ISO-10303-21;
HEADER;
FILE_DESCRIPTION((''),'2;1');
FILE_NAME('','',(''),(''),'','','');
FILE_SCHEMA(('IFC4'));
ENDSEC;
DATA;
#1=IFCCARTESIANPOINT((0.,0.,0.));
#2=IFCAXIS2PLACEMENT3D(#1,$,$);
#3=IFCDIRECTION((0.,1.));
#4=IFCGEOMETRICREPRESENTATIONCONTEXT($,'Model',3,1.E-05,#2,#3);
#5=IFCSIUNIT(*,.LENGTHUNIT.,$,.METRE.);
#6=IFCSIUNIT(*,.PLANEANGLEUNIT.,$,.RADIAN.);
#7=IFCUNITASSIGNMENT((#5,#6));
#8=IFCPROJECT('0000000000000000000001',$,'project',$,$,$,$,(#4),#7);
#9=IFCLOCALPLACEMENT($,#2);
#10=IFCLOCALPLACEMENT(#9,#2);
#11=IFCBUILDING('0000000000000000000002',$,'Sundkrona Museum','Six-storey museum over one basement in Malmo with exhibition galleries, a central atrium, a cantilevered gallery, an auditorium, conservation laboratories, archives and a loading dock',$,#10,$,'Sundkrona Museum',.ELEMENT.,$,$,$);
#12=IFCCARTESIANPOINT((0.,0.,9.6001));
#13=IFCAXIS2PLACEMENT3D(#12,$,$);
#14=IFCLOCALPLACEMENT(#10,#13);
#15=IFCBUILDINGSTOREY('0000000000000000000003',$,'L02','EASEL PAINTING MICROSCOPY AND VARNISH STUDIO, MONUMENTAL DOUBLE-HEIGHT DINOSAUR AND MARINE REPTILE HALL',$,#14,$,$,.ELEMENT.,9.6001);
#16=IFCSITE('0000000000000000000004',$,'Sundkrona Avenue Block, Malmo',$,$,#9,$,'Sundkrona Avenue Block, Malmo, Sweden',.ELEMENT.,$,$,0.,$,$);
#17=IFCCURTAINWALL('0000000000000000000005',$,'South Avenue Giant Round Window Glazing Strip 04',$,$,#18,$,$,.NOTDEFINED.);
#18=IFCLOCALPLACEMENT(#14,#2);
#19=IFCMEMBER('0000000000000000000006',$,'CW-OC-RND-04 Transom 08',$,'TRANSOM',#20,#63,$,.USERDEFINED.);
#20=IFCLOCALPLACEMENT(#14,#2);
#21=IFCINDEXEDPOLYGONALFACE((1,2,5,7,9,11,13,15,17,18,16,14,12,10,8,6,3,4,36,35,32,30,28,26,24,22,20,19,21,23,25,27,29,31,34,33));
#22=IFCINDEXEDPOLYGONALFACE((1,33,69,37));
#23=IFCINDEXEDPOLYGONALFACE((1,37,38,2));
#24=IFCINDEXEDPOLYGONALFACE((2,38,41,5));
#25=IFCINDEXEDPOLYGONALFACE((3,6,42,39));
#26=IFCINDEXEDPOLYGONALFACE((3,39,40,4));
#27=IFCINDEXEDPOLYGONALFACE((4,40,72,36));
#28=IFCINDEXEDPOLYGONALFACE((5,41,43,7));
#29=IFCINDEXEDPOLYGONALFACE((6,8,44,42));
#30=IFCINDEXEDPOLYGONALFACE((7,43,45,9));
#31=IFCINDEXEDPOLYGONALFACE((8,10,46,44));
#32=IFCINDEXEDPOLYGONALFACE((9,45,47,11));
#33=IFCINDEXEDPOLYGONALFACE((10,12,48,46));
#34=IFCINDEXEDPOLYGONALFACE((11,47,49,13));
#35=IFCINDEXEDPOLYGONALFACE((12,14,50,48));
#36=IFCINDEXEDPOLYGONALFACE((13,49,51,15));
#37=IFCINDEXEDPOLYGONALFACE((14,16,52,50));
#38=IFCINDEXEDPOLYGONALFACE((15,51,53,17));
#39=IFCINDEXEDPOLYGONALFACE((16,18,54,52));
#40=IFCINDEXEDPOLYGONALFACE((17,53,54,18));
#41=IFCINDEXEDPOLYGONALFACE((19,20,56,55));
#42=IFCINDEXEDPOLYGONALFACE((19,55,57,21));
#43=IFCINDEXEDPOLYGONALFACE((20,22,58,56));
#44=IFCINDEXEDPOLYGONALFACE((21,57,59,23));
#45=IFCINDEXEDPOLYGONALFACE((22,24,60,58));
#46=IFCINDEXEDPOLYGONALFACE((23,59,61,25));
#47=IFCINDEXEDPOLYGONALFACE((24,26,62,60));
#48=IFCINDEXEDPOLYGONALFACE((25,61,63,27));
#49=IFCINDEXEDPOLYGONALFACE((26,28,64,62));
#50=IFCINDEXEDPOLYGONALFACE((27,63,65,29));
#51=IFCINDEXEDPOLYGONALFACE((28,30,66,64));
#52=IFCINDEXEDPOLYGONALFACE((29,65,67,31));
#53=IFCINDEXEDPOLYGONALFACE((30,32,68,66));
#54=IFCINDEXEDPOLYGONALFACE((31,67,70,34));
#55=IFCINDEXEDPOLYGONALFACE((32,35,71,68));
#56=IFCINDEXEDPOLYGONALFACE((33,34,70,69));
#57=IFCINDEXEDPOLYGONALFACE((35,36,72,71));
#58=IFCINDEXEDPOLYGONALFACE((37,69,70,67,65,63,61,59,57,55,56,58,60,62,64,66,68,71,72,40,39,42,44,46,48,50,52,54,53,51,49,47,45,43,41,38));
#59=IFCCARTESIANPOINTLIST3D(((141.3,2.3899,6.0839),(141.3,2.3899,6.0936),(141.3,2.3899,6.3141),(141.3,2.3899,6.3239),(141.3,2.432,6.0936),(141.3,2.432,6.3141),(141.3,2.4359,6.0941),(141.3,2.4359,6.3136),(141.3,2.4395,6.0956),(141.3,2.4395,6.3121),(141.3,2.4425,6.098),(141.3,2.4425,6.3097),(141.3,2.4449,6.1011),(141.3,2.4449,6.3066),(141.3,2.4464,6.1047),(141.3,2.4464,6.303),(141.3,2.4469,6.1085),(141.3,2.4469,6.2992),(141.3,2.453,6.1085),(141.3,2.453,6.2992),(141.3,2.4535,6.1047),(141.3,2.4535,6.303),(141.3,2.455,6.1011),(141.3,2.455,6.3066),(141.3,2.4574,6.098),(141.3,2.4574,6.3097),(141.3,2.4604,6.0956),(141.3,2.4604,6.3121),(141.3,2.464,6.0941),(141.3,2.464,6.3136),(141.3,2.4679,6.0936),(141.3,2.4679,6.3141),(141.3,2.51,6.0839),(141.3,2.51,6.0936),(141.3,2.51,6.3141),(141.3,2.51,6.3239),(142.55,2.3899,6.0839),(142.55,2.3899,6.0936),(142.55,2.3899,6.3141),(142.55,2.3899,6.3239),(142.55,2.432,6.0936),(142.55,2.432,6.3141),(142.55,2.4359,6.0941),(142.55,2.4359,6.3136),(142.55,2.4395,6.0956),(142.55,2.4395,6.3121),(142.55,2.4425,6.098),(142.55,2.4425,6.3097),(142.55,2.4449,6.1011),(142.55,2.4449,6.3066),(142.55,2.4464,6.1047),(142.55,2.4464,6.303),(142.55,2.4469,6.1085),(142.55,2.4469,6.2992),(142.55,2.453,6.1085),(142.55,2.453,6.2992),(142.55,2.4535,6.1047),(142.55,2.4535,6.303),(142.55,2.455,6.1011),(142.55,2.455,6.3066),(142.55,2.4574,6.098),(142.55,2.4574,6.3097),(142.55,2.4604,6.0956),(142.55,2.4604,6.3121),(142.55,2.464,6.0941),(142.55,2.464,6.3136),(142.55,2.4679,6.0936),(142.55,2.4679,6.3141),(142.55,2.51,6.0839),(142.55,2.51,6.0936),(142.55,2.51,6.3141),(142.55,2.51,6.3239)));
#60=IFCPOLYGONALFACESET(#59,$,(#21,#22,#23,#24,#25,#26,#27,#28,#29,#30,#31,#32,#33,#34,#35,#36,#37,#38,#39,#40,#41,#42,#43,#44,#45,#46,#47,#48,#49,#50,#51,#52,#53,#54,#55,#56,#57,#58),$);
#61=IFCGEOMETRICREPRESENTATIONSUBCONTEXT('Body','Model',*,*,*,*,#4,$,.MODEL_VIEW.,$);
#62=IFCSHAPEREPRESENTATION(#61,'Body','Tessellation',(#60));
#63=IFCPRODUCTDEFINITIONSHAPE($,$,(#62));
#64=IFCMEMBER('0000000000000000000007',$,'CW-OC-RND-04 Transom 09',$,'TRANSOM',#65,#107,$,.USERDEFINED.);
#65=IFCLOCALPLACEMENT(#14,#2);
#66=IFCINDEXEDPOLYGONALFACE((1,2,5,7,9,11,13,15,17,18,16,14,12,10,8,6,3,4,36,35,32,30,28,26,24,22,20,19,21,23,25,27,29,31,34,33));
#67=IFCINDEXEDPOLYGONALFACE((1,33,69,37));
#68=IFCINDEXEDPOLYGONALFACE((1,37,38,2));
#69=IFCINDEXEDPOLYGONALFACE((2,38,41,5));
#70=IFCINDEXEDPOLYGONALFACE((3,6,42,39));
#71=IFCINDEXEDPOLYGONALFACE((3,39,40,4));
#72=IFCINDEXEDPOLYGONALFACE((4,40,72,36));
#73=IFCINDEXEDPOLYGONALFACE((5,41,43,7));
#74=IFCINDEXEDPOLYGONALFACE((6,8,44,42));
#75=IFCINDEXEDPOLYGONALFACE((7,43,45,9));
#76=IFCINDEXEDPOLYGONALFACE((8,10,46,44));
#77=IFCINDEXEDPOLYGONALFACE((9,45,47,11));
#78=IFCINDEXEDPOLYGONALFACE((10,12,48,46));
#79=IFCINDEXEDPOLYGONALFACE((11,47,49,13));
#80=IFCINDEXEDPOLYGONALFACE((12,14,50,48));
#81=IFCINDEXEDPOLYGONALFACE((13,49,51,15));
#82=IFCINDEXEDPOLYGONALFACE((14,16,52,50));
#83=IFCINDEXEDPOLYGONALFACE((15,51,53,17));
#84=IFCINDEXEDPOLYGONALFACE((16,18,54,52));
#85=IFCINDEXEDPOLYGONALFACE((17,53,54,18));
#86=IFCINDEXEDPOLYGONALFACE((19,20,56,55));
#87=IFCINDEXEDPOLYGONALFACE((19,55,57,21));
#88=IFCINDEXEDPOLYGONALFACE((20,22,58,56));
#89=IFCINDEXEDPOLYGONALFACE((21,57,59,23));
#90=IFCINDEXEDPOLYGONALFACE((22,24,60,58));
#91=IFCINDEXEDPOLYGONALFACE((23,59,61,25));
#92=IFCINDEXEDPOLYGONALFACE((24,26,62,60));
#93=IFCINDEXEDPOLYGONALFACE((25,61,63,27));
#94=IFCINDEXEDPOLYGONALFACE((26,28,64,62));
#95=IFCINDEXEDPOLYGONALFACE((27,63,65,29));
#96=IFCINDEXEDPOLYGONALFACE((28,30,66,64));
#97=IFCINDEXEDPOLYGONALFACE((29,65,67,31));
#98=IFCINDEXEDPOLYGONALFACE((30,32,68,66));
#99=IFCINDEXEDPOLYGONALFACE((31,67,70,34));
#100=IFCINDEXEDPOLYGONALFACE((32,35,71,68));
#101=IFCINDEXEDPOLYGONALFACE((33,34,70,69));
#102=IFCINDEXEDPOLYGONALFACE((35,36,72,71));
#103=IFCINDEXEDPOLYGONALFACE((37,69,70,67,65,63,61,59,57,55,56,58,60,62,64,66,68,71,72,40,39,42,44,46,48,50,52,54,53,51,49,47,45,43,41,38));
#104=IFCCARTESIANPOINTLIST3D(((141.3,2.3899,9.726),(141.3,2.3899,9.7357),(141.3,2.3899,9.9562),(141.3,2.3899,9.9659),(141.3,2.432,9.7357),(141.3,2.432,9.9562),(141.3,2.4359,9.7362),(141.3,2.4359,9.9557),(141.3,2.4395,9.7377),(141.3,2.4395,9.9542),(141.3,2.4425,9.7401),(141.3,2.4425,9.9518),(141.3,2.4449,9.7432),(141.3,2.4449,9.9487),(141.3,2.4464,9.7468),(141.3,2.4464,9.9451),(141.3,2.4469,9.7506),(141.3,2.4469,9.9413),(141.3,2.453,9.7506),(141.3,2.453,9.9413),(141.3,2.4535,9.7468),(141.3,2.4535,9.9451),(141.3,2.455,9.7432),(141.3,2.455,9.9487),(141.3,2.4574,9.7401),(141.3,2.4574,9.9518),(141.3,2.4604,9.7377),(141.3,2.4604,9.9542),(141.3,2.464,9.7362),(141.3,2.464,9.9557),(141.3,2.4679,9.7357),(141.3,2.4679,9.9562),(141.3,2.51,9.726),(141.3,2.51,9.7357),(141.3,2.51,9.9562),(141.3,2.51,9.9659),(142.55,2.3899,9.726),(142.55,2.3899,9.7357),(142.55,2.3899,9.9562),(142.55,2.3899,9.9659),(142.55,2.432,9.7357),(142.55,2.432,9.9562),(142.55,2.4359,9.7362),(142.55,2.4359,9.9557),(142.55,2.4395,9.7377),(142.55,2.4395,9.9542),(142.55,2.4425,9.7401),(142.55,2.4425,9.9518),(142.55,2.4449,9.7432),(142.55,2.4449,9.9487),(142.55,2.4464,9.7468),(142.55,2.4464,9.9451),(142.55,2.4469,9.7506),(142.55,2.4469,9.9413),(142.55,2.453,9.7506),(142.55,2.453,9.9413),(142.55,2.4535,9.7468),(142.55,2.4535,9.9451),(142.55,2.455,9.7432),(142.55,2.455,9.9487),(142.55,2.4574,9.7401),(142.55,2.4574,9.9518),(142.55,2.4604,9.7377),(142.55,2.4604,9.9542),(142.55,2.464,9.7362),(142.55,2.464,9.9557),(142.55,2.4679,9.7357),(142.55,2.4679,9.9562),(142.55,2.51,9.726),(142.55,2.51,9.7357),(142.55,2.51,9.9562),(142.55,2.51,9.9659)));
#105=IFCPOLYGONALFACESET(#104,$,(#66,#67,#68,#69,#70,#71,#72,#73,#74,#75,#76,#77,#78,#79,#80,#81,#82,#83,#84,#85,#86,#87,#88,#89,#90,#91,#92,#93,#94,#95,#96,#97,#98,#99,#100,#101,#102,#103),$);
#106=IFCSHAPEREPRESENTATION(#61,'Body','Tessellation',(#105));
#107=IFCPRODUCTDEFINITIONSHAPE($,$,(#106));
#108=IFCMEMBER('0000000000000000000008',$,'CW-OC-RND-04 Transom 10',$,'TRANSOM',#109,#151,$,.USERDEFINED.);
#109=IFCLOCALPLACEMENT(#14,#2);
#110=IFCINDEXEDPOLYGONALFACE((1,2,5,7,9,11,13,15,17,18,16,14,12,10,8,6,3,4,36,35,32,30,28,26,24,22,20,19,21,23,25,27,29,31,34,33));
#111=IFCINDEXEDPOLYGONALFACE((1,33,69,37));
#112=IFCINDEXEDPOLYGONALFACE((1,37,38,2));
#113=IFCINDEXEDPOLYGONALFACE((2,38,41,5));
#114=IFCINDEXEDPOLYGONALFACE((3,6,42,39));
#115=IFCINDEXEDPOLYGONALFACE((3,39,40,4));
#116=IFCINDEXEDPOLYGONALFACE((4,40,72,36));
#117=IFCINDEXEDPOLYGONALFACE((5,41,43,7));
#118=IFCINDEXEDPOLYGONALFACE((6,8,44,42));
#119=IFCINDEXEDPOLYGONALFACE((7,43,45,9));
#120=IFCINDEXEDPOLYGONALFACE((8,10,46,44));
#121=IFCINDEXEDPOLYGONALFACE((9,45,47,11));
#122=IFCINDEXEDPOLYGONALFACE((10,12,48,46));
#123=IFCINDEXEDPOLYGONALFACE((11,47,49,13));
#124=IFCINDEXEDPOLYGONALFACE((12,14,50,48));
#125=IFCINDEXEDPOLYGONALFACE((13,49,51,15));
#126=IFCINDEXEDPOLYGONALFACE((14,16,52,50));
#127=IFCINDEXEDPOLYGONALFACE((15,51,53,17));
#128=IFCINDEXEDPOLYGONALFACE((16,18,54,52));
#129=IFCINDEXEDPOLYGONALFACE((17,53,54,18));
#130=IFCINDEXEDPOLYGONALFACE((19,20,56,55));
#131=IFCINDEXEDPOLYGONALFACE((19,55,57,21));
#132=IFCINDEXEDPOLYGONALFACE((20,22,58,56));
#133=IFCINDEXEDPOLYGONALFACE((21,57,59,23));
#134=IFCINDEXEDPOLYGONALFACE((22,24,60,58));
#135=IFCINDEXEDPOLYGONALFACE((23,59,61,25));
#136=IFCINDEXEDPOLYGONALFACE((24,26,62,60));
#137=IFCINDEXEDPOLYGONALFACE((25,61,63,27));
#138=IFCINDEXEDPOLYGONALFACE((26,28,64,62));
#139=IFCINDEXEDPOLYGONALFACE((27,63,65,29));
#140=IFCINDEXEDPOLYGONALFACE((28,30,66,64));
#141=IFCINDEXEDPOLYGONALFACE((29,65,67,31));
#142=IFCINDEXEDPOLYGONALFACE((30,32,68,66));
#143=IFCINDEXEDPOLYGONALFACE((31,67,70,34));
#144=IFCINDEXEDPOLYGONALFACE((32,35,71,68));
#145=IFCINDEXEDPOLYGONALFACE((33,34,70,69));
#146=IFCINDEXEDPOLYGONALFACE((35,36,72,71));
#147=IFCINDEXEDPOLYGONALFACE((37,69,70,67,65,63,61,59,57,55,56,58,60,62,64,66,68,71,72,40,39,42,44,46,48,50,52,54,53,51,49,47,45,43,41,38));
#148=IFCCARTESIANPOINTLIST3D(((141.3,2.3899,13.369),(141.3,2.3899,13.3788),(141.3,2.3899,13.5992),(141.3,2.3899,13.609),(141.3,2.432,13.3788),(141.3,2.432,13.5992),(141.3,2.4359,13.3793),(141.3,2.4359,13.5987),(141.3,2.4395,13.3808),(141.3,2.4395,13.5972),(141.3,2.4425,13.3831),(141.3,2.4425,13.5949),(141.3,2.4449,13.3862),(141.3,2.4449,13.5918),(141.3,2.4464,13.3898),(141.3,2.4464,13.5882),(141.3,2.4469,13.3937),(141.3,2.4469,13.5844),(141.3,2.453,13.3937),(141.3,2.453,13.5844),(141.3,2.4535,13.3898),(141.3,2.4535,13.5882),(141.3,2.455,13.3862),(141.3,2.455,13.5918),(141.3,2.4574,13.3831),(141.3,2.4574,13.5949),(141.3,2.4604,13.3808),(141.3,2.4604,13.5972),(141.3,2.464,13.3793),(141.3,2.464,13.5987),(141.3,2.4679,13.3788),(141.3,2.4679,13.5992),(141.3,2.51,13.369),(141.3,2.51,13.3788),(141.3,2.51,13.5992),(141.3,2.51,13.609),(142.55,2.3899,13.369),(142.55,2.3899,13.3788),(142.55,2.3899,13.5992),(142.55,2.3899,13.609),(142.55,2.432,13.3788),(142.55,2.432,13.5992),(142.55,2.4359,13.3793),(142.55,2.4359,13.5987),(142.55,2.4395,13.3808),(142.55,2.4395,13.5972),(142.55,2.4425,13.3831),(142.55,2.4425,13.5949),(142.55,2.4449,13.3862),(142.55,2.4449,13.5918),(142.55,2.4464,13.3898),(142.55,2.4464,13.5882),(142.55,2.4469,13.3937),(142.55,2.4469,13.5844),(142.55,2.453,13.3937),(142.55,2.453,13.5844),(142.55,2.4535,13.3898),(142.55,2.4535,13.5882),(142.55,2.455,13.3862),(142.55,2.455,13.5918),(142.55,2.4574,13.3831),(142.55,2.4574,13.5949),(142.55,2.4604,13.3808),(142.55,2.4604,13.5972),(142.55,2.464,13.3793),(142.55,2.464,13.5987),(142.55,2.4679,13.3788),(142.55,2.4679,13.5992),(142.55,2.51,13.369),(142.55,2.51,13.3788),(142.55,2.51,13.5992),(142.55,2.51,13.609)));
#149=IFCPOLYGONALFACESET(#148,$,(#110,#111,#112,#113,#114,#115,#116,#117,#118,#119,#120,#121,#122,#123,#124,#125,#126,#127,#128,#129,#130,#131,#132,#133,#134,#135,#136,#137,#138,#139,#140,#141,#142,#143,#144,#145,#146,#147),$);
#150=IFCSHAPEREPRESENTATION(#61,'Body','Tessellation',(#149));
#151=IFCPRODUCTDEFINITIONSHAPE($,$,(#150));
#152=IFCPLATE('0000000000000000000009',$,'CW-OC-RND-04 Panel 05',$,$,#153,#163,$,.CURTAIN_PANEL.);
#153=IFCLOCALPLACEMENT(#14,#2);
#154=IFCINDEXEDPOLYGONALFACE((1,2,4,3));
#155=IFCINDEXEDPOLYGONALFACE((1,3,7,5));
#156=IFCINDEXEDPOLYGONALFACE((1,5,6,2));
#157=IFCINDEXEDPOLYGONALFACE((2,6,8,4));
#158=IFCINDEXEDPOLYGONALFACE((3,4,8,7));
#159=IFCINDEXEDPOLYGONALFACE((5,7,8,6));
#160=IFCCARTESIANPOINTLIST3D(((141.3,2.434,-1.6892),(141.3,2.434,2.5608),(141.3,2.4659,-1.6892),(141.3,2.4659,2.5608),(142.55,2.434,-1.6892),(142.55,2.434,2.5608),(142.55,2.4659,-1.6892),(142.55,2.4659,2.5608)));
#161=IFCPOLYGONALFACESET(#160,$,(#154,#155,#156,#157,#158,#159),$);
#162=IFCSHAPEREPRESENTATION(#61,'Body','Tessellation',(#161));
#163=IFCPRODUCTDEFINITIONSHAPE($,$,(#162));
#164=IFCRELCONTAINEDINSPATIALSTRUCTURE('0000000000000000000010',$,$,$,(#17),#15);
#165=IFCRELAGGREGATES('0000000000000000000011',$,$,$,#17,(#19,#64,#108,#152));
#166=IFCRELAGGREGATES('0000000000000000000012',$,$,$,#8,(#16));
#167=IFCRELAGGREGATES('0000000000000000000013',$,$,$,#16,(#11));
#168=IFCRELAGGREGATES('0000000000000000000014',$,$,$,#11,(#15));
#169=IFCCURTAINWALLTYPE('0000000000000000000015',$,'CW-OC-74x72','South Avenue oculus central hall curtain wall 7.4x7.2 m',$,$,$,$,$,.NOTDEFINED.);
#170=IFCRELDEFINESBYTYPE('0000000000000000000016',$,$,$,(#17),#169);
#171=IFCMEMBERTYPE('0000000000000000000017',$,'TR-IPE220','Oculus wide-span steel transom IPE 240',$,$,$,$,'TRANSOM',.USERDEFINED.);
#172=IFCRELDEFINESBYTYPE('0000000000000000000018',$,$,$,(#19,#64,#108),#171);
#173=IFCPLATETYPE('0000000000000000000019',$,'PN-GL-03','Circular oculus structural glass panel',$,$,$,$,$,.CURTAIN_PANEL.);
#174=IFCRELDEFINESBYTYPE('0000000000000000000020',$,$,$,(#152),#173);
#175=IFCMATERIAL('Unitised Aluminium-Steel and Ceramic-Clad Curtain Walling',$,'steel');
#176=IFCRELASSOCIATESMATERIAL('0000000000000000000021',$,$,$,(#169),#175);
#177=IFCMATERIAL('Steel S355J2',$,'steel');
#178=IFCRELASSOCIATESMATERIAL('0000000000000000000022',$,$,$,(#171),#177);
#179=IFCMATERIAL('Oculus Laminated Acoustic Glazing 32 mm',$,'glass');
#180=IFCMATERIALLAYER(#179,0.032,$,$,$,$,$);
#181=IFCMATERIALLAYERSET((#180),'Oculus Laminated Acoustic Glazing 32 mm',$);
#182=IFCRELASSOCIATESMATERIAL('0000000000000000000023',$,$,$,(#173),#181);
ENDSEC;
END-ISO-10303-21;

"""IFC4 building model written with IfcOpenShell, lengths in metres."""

from ifc_helpers import new_model, si_unit, direction, frame, origin, origin_2d, place, context, subcontext, project, spatial, rectangle, i_section, extrude, material, layer, layer_set, material_profile, profile_set, type_object, element, aggregate, save


model = new_model("IFC4")

# Units and contexts
model_context = context("Model", 3, precision=1e-05, world=origin(), true_north=direction((0.0, 1.0)))
body_context = subcontext(model_context, "Body", "Model", "MODEL_VIEW")
ifc_project = project(units=[si_unit("LENGTHUNIT", "METRE"), si_unit("PLANEANGLEUNIT", "RADIAN")], contexts=[model_context])

# Site, building, storey
site_placement = place(None, origin())
site = spatial("IfcSite", under=ifc_project, at=site_placement, Name="Sundkrona Avenue Block, Malmo", LongName="Sundkrona Avenue Block, Malmo, Sweden", CompositionType="ELEMENT", RefElevation=0.0)
building_placement = place(site_placement, origin())
building = spatial("IfcBuilding", under=site, at=building_placement, Name="Sundkrona Museum", Description="Six-storey museum over one basement in Malmo with exhibition galleries, a central atrium, a cantilevered gallery, an auditorium, conservation laboratories, archives and a loading dock", LongName="Sundkrona Museum", CompositionType="ELEMENT")
storey_placement = place(building_placement, frame((0.0, 0.0, 9.6001)))
storey = spatial("IfcBuildingStorey", under=building, at=storey_placement, Name="L02", Description="EASEL PAINTING MICROSCOPY AND VARNISH STUDIO, MONUMENTAL DOUBLE-HEIGHT DINOSAUR AND MARINE REPTILE HALL", CompositionType="ELEMENT", Elevation=9.6001)

# Shared definitions
ifc_material_1 = material(Name="Steel S355J2", Category="steel")

# Shared definitions
ifc_material_2 = material(Name="Unitised Aluminium-Steel and Ceramic-Clad Curtain Walling", Category="steel")

# Curtain wall, members, plate
curtain_wall_type_1 = type_object("IfcCurtainWallType", Name="CW-OC-74x72", Description="South Avenue oculus central hall curtain wall 7.4x7.2 m", PredefinedType="NOTDEFINED", material=ifc_material_2)
curtain_wall_1_placement = place(storey_placement, origin())
curtain_wall_1 = element("IfcCurtainWall", 1, at=curtain_wall_1_placement, inside=storey, type_object=curtain_wall_type_1, Name="South Avenue Giant Round Window Glazing Strip 04", PredefinedType="NOTDEFINED")
ifc_material_profile_1 = material_profile(ifc_material_1, i_section(OverallWidth=0.1201, OverallDepth=0.24, WebThickness=0.0061, FlangeThickness=0.0098, FilletRadius=0.0149, at=origin_2d()), Name="IPE 240")
ifc_profile_set_1 = profile_set([ifc_material_profile_1], Name="Steel S355J2")
member_type_1 = type_object("IfcMemberType", Name="TR-IPE220", Description="Oculus wide-span steel transom IPE 240", ElementType="TRANSOM", PredefinedType="USERDEFINED", material=ifc_profile_set_1)
member_1_placement = place(storey_placement, frame((141.3, 2.45, 6.2039), z_axis=(1.0, 0.0, 0.0), x_axis=(0.0, 1.0, 0.0)))
member_1 = element("IfcMember", 2, at=member_1_placement, type_object=member_type_1, Name="CW-OC-RND-04 Transom 08", ObjectType="TRANSOM", PredefinedType="USERDEFINED", context=body_context, shape_type="SweptSolid", body=[
    extrude(i_section(OverallWidth=0.1201, OverallDepth=0.24, WebThickness=0.0061, FlangeThickness=0.0098, FilletRadius=0.0149, at=origin_2d()), origin(), (0.0, 0.0, 1.0), 1.25),
])
member_2_placement = place(storey_placement, frame((141.3, 2.45, 9.8459), z_axis=(1.0, 0.0, 0.0), x_axis=(0.0, 1.0, 0.0)))
member_2 = element("IfcMember", 3, at=member_2_placement, type_object=member_type_1, Name="CW-OC-RND-04 Transom 09", ObjectType="TRANSOM", PredefinedType="USERDEFINED", context=body_context, shape_type="SweptSolid", body=[
    extrude(i_section(OverallWidth=0.1201, OverallDepth=0.24, WebThickness=0.0061, FlangeThickness=0.0098, FilletRadius=0.0149, at=origin_2d()), origin(), (0.0, 0.0, 1.0), 1.25),
])
member_3_placement = place(storey_placement, frame((141.3, 2.45, 13.489), z_axis=(1.0, 0.0, 0.0), x_axis=(0.0, 1.0, 0.0)))
member_3 = element("IfcMember", 4, at=member_3_placement, type_object=member_type_1, Name="CW-OC-RND-04 Transom 10", ObjectType="TRANSOM", PredefinedType="USERDEFINED", context=body_context, shape_type="SweptSolid", body=[
    extrude(i_section(OverallWidth=0.1201, OverallDepth=0.24, WebThickness=0.0061, FlangeThickness=0.0098, FilletRadius=0.0149, at=origin_2d()), origin(), (0.0, 0.0, 1.0), 1.25),
])
ifc_material_3 = material(Name="Oculus Laminated Acoustic Glazing 32 mm", Category="glass")
ifc_layer = layer(ifc_material_3, 0.032)
ifc_layer_set = layer_set([ifc_layer], Name="Oculus Laminated Acoustic Glazing 32 mm")
plate_type = type_object("IfcPlateType", Name="PN-GL-03", Description="Circular oculus structural glass panel", PredefinedType="CURTAIN_PANEL", material=ifc_layer_set)
plate_placement = place(storey_placement, frame((141.925, 2.45, -1.6892), z_axis=(0.0, 0.0, 1.0), x_axis=(1.0, 0.0, 0.0)))
plate = element("IfcPlate", 5, at=plate_placement, type_object=plate_type, Name="CW-OC-RND-04 Panel 05", PredefinedType="CURTAIN_PANEL", context=body_context, shape_type="SweptSolid", body=[
    extrude(rectangle(XDim=1.25, YDim=0.032, at=origin_2d()), origin(), (0.0, 0.0, 1.0), 4.25),
])
aggregate(curtain_wall_1, [member_1, member_2, member_3, plate])

save(model, "model.ifc")
